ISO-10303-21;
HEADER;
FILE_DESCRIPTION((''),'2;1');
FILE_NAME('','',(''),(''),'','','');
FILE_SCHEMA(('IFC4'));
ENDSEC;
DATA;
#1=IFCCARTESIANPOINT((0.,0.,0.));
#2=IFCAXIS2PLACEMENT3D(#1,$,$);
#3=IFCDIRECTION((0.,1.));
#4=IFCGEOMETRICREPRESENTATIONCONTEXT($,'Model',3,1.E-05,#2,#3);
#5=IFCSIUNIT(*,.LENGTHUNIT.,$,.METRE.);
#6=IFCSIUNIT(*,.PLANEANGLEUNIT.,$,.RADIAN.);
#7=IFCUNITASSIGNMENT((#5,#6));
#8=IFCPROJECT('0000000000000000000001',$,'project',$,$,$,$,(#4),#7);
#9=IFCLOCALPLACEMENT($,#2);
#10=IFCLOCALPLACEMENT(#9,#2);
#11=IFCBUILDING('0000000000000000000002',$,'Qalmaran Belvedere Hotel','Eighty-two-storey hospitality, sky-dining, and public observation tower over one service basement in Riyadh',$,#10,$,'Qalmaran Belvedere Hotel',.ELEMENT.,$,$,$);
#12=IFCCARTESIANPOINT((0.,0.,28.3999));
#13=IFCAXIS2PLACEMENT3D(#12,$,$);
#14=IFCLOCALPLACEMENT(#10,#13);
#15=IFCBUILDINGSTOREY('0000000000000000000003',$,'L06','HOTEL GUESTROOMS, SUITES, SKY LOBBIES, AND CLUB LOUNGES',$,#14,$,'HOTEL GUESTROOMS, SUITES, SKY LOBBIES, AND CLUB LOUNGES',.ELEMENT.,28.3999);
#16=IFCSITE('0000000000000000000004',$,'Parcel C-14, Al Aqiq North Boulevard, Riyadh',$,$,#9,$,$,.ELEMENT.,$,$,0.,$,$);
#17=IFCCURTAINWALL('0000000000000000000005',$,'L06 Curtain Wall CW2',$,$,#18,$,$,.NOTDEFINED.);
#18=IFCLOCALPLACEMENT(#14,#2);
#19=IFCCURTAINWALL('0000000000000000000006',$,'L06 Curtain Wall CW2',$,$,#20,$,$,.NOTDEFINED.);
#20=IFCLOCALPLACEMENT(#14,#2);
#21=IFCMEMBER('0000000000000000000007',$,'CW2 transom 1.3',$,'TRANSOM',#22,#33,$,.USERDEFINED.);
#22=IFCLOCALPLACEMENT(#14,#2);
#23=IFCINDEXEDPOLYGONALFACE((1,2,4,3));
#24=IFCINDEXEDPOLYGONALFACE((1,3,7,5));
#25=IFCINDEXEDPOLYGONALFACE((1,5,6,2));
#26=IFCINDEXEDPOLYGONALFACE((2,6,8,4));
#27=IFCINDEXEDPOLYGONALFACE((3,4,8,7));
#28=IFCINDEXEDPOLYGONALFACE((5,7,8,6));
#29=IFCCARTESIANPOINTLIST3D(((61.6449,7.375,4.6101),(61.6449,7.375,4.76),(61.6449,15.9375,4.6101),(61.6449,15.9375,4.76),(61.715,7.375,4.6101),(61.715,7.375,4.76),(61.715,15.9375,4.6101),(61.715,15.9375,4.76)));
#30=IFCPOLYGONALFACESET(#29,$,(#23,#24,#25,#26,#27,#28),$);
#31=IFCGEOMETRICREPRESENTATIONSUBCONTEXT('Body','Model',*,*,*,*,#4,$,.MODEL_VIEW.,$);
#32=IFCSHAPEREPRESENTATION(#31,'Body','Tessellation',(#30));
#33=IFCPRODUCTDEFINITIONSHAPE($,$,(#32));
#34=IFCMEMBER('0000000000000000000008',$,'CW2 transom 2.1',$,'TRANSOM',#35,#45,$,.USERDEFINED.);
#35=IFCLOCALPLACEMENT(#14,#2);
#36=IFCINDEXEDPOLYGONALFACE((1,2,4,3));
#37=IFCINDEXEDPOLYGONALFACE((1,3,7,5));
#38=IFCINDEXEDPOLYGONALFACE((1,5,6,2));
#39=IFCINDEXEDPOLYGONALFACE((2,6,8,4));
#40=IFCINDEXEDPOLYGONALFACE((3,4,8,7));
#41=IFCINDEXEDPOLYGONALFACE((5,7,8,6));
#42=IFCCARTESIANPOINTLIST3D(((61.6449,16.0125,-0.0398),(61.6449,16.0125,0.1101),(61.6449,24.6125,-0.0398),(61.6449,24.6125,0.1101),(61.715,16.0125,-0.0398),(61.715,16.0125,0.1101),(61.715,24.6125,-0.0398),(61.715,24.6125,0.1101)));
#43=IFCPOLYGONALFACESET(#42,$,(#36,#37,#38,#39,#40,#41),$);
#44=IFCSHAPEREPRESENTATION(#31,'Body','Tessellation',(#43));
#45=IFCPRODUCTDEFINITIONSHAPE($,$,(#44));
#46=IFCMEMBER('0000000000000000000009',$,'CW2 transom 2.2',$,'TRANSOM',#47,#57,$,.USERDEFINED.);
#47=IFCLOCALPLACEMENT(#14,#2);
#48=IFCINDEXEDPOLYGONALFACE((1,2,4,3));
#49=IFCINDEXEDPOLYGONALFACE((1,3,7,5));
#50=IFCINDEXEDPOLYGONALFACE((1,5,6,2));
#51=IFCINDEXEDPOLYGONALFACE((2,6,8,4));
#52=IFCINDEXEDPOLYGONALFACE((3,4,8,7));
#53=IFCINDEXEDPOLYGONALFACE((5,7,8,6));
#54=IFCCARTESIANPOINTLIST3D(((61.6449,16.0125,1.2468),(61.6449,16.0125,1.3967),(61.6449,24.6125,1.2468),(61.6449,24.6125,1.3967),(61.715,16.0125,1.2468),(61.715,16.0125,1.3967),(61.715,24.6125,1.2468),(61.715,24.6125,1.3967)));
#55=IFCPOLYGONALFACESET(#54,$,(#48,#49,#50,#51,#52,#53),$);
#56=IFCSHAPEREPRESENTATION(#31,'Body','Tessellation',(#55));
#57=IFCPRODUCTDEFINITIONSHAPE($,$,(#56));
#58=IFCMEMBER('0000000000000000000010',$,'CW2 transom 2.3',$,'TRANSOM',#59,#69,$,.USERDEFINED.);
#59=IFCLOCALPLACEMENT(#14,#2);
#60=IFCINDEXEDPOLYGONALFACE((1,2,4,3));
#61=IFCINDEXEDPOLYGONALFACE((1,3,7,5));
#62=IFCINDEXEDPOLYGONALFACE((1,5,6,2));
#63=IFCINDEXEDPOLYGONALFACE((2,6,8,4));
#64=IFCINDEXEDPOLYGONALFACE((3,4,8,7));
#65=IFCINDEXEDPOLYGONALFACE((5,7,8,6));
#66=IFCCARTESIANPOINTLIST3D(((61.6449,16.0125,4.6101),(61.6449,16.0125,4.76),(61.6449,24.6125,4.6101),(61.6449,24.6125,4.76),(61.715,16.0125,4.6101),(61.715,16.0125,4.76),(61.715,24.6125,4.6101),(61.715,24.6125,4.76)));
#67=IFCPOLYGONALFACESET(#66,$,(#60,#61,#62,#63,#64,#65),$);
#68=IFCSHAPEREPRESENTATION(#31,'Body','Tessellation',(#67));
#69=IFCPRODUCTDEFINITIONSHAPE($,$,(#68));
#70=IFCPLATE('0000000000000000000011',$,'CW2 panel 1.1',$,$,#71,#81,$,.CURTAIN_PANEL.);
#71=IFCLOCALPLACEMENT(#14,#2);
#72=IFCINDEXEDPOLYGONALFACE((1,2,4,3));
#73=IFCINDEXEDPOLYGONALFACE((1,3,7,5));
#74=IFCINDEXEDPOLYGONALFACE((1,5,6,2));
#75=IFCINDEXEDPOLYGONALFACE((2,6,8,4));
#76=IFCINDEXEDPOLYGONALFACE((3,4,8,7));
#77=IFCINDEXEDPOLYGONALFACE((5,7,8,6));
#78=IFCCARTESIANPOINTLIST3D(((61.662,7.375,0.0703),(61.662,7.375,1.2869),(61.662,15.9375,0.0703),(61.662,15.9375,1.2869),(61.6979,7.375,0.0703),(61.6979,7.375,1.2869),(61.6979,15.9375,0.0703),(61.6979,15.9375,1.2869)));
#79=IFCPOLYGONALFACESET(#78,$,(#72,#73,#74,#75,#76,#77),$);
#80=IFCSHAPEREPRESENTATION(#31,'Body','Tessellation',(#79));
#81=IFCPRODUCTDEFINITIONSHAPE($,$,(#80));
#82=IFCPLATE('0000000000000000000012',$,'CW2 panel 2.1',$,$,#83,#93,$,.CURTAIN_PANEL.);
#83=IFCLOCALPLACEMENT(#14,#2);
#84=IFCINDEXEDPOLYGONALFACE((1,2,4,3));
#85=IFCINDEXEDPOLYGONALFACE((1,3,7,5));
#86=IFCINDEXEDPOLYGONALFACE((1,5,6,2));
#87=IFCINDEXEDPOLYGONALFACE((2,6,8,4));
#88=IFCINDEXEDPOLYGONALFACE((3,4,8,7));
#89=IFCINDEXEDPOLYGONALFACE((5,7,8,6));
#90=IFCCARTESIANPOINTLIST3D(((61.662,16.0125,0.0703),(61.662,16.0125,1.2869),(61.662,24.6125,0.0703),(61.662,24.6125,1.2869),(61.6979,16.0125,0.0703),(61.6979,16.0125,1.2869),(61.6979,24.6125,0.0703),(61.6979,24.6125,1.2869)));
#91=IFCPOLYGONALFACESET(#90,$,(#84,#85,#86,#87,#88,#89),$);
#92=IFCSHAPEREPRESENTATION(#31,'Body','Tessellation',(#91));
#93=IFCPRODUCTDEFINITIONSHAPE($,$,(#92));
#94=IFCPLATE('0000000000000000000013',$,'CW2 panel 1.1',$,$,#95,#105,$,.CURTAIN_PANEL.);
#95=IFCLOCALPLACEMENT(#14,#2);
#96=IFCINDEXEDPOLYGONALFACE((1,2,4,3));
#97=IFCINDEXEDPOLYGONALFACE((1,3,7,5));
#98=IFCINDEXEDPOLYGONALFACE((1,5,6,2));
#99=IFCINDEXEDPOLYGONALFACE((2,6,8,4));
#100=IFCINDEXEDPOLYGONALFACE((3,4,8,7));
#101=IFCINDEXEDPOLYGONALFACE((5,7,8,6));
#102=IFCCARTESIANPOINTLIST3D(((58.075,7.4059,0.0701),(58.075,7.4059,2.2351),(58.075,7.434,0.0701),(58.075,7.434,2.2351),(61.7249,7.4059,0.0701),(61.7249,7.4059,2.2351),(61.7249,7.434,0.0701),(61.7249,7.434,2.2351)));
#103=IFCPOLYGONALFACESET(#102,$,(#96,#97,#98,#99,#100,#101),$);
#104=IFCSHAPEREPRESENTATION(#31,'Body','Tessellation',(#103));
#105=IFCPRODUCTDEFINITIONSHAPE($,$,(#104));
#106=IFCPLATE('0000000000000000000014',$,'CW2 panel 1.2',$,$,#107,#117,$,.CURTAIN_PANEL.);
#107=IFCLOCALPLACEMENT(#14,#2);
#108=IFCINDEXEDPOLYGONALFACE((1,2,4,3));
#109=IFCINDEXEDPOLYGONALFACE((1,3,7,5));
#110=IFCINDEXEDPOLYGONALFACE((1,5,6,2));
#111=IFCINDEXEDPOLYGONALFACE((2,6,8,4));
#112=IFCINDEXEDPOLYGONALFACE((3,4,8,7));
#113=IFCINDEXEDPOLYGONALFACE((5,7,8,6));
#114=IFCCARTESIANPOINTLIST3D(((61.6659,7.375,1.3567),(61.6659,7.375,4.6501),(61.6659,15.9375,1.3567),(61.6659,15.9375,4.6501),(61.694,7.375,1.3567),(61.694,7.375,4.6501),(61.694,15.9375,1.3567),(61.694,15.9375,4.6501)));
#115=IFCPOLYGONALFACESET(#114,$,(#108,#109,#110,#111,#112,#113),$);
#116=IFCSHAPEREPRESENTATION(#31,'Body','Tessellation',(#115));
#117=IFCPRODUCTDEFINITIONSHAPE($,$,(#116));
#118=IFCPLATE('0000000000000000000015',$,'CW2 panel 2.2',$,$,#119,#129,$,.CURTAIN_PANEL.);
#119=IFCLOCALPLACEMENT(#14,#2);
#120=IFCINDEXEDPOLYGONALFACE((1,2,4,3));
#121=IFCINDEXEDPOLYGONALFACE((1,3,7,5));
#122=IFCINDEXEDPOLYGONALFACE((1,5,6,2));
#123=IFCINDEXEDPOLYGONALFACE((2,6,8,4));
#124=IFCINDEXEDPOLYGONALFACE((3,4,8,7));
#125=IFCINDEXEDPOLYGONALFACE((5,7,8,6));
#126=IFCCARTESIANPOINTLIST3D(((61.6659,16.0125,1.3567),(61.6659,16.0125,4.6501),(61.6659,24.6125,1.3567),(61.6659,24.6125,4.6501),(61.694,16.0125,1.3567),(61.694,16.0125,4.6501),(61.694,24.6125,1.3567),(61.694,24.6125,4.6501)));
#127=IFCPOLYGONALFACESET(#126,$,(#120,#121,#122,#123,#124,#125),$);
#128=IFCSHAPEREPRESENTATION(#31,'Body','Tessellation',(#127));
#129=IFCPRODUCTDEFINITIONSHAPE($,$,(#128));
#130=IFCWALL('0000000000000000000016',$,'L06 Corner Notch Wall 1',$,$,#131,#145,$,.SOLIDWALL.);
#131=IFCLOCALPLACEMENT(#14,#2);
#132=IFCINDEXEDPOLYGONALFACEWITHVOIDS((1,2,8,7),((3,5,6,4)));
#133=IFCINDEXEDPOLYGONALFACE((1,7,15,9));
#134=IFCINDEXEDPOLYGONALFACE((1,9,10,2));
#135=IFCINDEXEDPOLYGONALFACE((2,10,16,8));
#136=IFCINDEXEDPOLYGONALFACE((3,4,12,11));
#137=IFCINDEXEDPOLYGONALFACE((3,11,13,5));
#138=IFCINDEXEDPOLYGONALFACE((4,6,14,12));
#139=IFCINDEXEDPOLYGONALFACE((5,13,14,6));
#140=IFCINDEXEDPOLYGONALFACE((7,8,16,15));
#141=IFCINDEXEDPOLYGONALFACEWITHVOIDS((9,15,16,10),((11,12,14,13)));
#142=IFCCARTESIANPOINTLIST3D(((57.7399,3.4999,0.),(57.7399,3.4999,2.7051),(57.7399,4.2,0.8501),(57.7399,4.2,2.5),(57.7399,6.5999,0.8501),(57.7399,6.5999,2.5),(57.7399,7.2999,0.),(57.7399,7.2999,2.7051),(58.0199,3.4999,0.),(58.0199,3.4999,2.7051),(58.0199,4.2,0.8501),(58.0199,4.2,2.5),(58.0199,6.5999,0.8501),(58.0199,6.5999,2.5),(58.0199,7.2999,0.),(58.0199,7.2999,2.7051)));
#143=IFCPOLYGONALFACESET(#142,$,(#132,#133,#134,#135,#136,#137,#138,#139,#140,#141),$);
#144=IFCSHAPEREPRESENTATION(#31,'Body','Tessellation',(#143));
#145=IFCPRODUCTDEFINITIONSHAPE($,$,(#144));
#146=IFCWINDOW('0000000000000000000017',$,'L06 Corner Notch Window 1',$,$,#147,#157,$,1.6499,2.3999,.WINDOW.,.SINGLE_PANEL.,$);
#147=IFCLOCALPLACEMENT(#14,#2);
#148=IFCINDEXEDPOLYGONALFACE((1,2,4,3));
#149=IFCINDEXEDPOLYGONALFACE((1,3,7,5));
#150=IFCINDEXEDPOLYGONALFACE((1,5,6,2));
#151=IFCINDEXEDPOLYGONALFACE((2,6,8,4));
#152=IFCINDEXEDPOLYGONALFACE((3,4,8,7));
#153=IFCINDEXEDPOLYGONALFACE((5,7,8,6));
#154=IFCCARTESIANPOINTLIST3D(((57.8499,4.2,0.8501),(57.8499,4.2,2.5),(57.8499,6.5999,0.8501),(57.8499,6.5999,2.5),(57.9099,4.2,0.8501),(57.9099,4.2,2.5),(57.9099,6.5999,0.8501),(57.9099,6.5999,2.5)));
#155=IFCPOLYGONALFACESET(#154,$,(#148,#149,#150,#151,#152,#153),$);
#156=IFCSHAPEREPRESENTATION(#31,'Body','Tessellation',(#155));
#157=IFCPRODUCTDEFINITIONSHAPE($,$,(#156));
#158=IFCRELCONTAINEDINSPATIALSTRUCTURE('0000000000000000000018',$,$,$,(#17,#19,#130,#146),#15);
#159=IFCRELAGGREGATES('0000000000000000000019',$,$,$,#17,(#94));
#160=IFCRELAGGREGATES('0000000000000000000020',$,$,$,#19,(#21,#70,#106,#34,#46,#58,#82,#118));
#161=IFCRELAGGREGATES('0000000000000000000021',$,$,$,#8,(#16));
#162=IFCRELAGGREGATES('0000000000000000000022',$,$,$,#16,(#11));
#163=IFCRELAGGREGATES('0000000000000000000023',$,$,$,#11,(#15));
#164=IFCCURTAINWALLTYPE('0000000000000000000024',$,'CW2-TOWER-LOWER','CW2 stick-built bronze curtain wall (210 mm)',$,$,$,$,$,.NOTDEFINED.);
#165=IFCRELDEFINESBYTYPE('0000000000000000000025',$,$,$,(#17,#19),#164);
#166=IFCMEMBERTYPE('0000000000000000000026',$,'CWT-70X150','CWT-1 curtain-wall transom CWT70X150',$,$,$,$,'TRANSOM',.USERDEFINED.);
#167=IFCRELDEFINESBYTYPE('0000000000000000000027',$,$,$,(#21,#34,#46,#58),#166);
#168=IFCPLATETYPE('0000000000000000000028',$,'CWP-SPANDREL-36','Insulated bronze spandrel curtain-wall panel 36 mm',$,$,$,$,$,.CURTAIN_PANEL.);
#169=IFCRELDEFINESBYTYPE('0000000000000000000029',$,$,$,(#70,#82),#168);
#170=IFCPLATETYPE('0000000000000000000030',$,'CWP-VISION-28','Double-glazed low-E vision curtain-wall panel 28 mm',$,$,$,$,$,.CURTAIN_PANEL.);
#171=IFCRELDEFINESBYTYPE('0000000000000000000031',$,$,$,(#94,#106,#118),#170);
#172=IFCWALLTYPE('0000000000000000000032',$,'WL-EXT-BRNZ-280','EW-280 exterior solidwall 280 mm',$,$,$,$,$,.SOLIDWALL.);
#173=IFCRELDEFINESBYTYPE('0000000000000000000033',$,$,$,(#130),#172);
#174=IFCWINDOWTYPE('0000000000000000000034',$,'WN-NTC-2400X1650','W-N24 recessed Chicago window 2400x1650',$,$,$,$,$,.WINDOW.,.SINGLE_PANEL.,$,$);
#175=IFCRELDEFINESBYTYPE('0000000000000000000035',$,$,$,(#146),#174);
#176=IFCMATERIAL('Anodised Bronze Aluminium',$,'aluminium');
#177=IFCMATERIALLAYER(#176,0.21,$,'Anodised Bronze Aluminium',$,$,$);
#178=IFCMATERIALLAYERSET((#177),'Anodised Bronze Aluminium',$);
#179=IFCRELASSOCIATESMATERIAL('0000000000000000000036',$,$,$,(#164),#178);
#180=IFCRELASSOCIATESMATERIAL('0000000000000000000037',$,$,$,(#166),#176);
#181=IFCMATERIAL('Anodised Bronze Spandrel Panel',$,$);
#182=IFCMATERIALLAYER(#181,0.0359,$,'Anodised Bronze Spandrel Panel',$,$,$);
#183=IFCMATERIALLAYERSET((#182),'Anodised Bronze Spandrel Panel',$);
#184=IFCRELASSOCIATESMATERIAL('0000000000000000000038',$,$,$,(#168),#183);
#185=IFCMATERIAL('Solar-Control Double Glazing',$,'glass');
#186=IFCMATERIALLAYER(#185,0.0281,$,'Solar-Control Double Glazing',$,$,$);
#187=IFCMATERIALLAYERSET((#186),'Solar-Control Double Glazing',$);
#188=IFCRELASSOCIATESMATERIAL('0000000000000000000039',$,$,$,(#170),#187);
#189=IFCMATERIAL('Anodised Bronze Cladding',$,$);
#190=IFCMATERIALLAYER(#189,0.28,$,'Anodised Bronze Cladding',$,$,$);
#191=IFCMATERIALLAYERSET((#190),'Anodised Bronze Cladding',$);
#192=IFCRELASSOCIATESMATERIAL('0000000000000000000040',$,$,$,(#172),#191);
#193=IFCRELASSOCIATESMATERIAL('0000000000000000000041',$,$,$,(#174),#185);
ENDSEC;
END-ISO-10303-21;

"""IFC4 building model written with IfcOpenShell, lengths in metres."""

from ifc_helpers import new_model, si_unit, direction, frame, frame_2d, origin, origin_2d, place, context, subcontext, project, spatial, rectangle, extrude, material, layer, layer_set, material_profile, profile_set, type_object, element, fill, aggregate, save


model = new_model("IFC4")

# Units and contexts
model_context = context("Model", 3, precision=1e-05, world=origin(), true_north=direction((0.0, 1.0)))
body_context = subcontext(model_context, "Body", "Model", "MODEL_VIEW")
ifc_project = project(units=[si_unit("LENGTHUNIT", "METRE"), si_unit("PLANEANGLEUNIT", "RADIAN")], contexts=[model_context])

# Site, building, storey
site_placement = place(None, origin())
site = spatial("IfcSite", under=ifc_project, at=site_placement, Name="Parcel C-14, Al Aqiq North Boulevard, Riyadh", CompositionType="ELEMENT", RefElevation=0.0)
building_placement = place(site_placement, origin())
building = spatial("IfcBuilding", under=site, at=building_placement, Name="Qalmaran Belvedere Hotel", Description="Eighty-two-storey hospitality, sky-dining, and public observation tower over one service basement in Riyadh", LongName="Qalmaran Belvedere Hotel", CompositionType="ELEMENT")
storey_placement = place(building_placement, frame((0.0, 0.0, 28.3999)))
storey = spatial("IfcBuildingStorey", under=building, at=storey_placement, Name="L06", Description="HOTEL GUESTROOMS, SUITES, SKY LOBBIES, AND CLUB LOUNGES", LongName="HOTEL GUESTROOMS, SUITES, SKY LOBBIES, AND CLUB LOUNGES", CompositionType="ELEMENT", Elevation=28.3999)

# Shared definitions
ifc_material_1 = material(Name="Anodised Bronze Aluminium", Category="aluminium")
ifc_layer_1 = layer(ifc_material_1, 0.21, Name="Anodised Bronze Aluminium")
ifc_layer_set_1 = layer_set([ifc_layer_1], Name="Anodised Bronze Aluminium")
curtain_wall_type = type_object("IfcCurtainWallType", Name="CW2-TOWER-LOWER", Description="CW2 stick-built bronze curtain wall (210 mm)", PredefinedType="NOTDEFINED", material=ifc_layer_set_1)

# Curtain walls
curtain_wall_1_placement = place(storey_placement, origin())
curtain_wall_1 = element("IfcCurtainWall", 1, at=curtain_wall_1_placement, inside=storey, type_object=curtain_wall_type, Name="L06 Curtain Wall CW2", PredefinedType="NOTDEFINED")
curtain_wall_2_placement = place(storey_placement, origin())
curtain_wall_2 = element("IfcCurtainWall", 2, at=curtain_wall_2_placement, inside=storey, type_object=curtain_wall_type, Name="L06 Curtain Wall CW2", PredefinedType="NOTDEFINED")

# Members
ifc_material_profile_1 = material_profile(ifc_material_1, rectangle(XDim=0.0701, YDim=0.1499, at=origin_2d()), Name="CWT70X150")
ifc_profile_set_1 = profile_set([ifc_material_profile_1], Name="Anodised Bronze Aluminium")
member_type_1 = type_object("IfcMemberType", Name="CWT-70X150", Description="CWT-1 curtain-wall transom CWT70X150", ElementType="TRANSOM", PredefinedType="USERDEFINED", material=ifc_profile_set_1)
member_1_placement = place(storey_placement, frame((61.6799, 7.375, 4.6851), z_axis=(0.0, 1.0, 0.0), x_axis=(-1.0, 0.0, 0.0)))
member_1 = element("IfcMember", 3, at=member_1_placement, type_object=member_type_1, Name="CW2 transom 1.3", ObjectType="TRANSOM", PredefinedType="USERDEFINED", context=body_context, shape_type="SweptSolid", body=[
    extrude(rectangle(XDim=0.0701, YDim=0.1499, at=origin_2d()), origin(), (0.0, 0.0, 1.0), 8.5625),
])
member_2_placement = place(storey_placement, frame((61.6799, 16.0125, 0.0352), z_axis=(0.0, 1.0, 0.0), x_axis=(-1.0, 0.0, 0.0)))
member_2 = element("IfcMember", 4, at=member_2_placement, type_object=member_type_1, Name="CW2 transom 2.1", ObjectType="TRANSOM", PredefinedType="USERDEFINED", context=body_context, shape_type="SweptSolid", body=[
    extrude(rectangle(XDim=0.0701, YDim=0.1499, at=origin_2d()), origin(), (0.0, 0.0, 1.0), 8.6001),
])
member_3_placement = place(storey_placement, frame((61.6799, 16.0125, 1.3218), z_axis=(0.0, 1.0, 0.0), x_axis=(-1.0, 0.0, 0.0)))
member_3 = element("IfcMember", 5, at=member_3_placement, type_object=member_type_1, Name="CW2 transom 2.2", ObjectType="TRANSOM", PredefinedType="USERDEFINED", context=body_context, shape_type="SweptSolid", body=[
    extrude(rectangle(XDim=0.0701, YDim=0.1499, at=origin_2d()), origin(), (0.0, 0.0, 1.0), 8.6001),
])
member_4_placement = place(storey_placement, frame((61.6799, 16.0125, 4.6851), z_axis=(0.0, 1.0, 0.0), x_axis=(-1.0, 0.0, 0.0)))
member_4 = element("IfcMember", 6, at=member_4_placement, type_object=member_type_1, Name="CW2 transom 2.3", ObjectType="TRANSOM", PredefinedType="USERDEFINED", context=body_context, shape_type="SweptSolid", body=[
    extrude(rectangle(XDim=0.0701, YDim=0.1499, at=origin_2d()), origin(), (0.0, 0.0, 1.0), 8.6001),
])

# Plates
ifc_material_2 = material(Name="Anodised Bronze Spandrel Panel")
ifc_layer_2 = layer(ifc_material_2, 0.0359, Name="Anodised Bronze Spandrel Panel")
ifc_layer_set_2 = layer_set([ifc_layer_2], Name="Anodised Bronze Spandrel Panel")
plate_type_1 = type_object("IfcPlateType", Name="CWP-SPANDREL-36", Description="Insulated bronze spandrel curtain-wall panel 36 mm", PredefinedType="CURTAIN_PANEL", material=ifc_layer_set_2)
plate_1_placement = place(storey_placement, frame((61.6799, 11.6562, 0.0703), z_axis=(0.0, 0.0, 1.0), x_axis=(0.0, 1.0, 0.0)))
plate_1 = element("IfcPlate", 7, at=plate_1_placement, type_object=plate_type_1, Name="CW2 panel 1.1", PredefinedType="CURTAIN_PANEL", context=body_context, shape_type="SweptSolid", body=[
    extrude(rectangle(XDim=8.5625, YDim=0.0359, at=origin_2d()), origin(), (0.0, 0.0, 1.0), 1.2166),
])
plate_2_placement = place(storey_placement, frame((61.6799, 20.3125, 0.0703), z_axis=(0.0, 0.0, 1.0), x_axis=(0.0, 1.0, 0.0)))
plate_2 = element("IfcPlate", 8, at=plate_2_placement, type_object=plate_type_1, Name="CW2 panel 2.1", PredefinedType="CURTAIN_PANEL", context=body_context, shape_type="SweptSolid", body=[
    extrude(rectangle(XDim=8.6001, YDim=0.0359, at=origin_2d()), origin(), (0.0, 0.0, 1.0), 1.2166),
])
ifc_material_3 = material(Name="Solar-Control Double Glazing", Category="glass")
ifc_layer_3 = layer(ifc_material_3, 0.0281, Name="Solar-Control Double Glazing")
ifc_layer_set_3 = layer_set([ifc_layer_3], Name="Solar-Control Double Glazing")
plate_type_2 = type_object("IfcPlateType", Name="CWP-VISION-28", Description="Double-glazed low-E vision curtain-wall panel 28 mm", PredefinedType="CURTAIN_PANEL", material=ifc_layer_set_3)
plate_3_placement = place(storey_placement, frame((59.8999, 7.4199, 0.0701), z_axis=(0.0, 0.0, 1.0), x_axis=(1.0, 0.0, 0.0)))
plate_3 = element("IfcPlate", 9, at=plate_3_placement, type_object=plate_type_2, Name="CW2 panel 1.1", PredefinedType="CURTAIN_PANEL", context=body_context, shape_type="SweptSolid", body=[
    extrude(rectangle(XDim=3.6499, YDim=0.0281, at=origin_2d()), origin(), (0.0, 0.0, 1.0), 2.165),
])
aggregate(curtain_wall_1, [plate_3])
plate_4_placement = place(storey_placement, frame((61.6799, 11.6562, 1.3567), z_axis=(0.0, 0.0, 1.0), x_axis=(0.0, 1.0, 0.0)))
plate_4 = element("IfcPlate", 10, at=plate_4_placement, type_object=plate_type_2, Name="CW2 panel 1.2", PredefinedType="CURTAIN_PANEL", context=body_context, shape_type="SweptSolid", body=[
    extrude(rectangle(XDim=8.5625, YDim=0.0281, at=origin_2d()), origin(), (0.0, 0.0, 1.0), 3.2935),
])
plate_5_placement = place(storey_placement, frame((61.6799, 20.3125, 1.3567), z_axis=(0.0, 0.0, 1.0), x_axis=(0.0, 1.0, 0.0)))
plate_5 = element("IfcPlate", 11, at=plate_5_placement, type_object=plate_type_2, Name="CW2 panel 2.2", PredefinedType="CURTAIN_PANEL", context=body_context, shape_type="SweptSolid", body=[
    extrude(rectangle(XDim=8.6001, YDim=0.0281, at=origin_2d()), origin(), (0.0, 0.0, 1.0), 3.2935),
])
aggregate(curtain_wall_2, [member_1, plate_1, plate_4, member_2, member_3, member_4, plate_2, plate_5])

# Wall, opening, window
ifc_material_4 = material(Name="Anodised Bronze Cladding")
ifc_layer_4 = layer(ifc_material_4, 0.28, Name="Anodised Bronze Cladding")
ifc_layer_set_4 = layer_set([ifc_layer_4], Name="Anodised Bronze Cladding")
wall_type = type_object("IfcWallType", Name="WL-EXT-BRNZ-280", Description="EW-280 exterior solidwall 280 mm", PredefinedType="SOLIDWALL", material=ifc_layer_set_4)
wall_placement = place(storey_placement, frame((57.8799, 3.5, 0.0), z_axis=(0.0, 0.0, 1.0), x_axis=(0.0, 1.0, 0.0)))
wall = element("IfcWall", 12, at=wall_placement, inside=storey, type_object=wall_type, Name="L06 Corner Notch Wall 1", PredefinedType="SOLIDWALL", context=body_context, shape_type="SweptSolid", body=[
    extrude(rectangle(XDim=3.8, YDim=0.28, at=frame_2d((1.8999, 0.0))), origin(), (0.0, 0.0, 1.0), 2.7051),
])
opening_placement = place(wall_placement, frame((0.7, 0.0, 0.8501)))
opening = element("IfcOpeningElement", 13, at=opening_placement, cuts=wall, PredefinedType="OPENING", context=body_context, shape_type="SweptSolid", body=[
    extrude(rectangle(XDim=2.3999, YDim=1.6499, at=frame_2d((1.2, 0.825))), frame((0.0, 0.1499, 0.0), z_axis=(0.0, -1.0, 0.0), x_axis=(1.0, 0.0, 0.0)), (0.0, 0.0, 1.0), 0.3),
])
window_type = type_object("IfcWindowType", Name="WN-NTC-2400X1650", Description="W-N24 recessed Chicago window 2400x1650", PartitioningType="SINGLE_PANEL", PredefinedType="WINDOW", material=ifc_material_3)
window_placement = place(opening_placement, origin())
window = element("IfcWindow", 14, at=window_placement, inside=storey, type_object=window_type, Name="L06 Corner Notch Window 1", OverallHeight=1.6499, OverallWidth=2.3999, PartitioningType="SINGLE_PANEL", PredefinedType="WINDOW", context=body_context, shape_type="SweptSolid", body=[
    extrude(rectangle(XDim=2.3999, YDim=1.6499, at=frame_2d((1.2, 0.825))), frame((0.0, 0.03, 0.0), z_axis=(0.0, -1.0, 0.0), x_axis=(1.0, 0.0, 0.0)), (0.0, 0.0, 1.0), 0.0601),
])
fill(opening, window)

save(model, "model.ifc")
